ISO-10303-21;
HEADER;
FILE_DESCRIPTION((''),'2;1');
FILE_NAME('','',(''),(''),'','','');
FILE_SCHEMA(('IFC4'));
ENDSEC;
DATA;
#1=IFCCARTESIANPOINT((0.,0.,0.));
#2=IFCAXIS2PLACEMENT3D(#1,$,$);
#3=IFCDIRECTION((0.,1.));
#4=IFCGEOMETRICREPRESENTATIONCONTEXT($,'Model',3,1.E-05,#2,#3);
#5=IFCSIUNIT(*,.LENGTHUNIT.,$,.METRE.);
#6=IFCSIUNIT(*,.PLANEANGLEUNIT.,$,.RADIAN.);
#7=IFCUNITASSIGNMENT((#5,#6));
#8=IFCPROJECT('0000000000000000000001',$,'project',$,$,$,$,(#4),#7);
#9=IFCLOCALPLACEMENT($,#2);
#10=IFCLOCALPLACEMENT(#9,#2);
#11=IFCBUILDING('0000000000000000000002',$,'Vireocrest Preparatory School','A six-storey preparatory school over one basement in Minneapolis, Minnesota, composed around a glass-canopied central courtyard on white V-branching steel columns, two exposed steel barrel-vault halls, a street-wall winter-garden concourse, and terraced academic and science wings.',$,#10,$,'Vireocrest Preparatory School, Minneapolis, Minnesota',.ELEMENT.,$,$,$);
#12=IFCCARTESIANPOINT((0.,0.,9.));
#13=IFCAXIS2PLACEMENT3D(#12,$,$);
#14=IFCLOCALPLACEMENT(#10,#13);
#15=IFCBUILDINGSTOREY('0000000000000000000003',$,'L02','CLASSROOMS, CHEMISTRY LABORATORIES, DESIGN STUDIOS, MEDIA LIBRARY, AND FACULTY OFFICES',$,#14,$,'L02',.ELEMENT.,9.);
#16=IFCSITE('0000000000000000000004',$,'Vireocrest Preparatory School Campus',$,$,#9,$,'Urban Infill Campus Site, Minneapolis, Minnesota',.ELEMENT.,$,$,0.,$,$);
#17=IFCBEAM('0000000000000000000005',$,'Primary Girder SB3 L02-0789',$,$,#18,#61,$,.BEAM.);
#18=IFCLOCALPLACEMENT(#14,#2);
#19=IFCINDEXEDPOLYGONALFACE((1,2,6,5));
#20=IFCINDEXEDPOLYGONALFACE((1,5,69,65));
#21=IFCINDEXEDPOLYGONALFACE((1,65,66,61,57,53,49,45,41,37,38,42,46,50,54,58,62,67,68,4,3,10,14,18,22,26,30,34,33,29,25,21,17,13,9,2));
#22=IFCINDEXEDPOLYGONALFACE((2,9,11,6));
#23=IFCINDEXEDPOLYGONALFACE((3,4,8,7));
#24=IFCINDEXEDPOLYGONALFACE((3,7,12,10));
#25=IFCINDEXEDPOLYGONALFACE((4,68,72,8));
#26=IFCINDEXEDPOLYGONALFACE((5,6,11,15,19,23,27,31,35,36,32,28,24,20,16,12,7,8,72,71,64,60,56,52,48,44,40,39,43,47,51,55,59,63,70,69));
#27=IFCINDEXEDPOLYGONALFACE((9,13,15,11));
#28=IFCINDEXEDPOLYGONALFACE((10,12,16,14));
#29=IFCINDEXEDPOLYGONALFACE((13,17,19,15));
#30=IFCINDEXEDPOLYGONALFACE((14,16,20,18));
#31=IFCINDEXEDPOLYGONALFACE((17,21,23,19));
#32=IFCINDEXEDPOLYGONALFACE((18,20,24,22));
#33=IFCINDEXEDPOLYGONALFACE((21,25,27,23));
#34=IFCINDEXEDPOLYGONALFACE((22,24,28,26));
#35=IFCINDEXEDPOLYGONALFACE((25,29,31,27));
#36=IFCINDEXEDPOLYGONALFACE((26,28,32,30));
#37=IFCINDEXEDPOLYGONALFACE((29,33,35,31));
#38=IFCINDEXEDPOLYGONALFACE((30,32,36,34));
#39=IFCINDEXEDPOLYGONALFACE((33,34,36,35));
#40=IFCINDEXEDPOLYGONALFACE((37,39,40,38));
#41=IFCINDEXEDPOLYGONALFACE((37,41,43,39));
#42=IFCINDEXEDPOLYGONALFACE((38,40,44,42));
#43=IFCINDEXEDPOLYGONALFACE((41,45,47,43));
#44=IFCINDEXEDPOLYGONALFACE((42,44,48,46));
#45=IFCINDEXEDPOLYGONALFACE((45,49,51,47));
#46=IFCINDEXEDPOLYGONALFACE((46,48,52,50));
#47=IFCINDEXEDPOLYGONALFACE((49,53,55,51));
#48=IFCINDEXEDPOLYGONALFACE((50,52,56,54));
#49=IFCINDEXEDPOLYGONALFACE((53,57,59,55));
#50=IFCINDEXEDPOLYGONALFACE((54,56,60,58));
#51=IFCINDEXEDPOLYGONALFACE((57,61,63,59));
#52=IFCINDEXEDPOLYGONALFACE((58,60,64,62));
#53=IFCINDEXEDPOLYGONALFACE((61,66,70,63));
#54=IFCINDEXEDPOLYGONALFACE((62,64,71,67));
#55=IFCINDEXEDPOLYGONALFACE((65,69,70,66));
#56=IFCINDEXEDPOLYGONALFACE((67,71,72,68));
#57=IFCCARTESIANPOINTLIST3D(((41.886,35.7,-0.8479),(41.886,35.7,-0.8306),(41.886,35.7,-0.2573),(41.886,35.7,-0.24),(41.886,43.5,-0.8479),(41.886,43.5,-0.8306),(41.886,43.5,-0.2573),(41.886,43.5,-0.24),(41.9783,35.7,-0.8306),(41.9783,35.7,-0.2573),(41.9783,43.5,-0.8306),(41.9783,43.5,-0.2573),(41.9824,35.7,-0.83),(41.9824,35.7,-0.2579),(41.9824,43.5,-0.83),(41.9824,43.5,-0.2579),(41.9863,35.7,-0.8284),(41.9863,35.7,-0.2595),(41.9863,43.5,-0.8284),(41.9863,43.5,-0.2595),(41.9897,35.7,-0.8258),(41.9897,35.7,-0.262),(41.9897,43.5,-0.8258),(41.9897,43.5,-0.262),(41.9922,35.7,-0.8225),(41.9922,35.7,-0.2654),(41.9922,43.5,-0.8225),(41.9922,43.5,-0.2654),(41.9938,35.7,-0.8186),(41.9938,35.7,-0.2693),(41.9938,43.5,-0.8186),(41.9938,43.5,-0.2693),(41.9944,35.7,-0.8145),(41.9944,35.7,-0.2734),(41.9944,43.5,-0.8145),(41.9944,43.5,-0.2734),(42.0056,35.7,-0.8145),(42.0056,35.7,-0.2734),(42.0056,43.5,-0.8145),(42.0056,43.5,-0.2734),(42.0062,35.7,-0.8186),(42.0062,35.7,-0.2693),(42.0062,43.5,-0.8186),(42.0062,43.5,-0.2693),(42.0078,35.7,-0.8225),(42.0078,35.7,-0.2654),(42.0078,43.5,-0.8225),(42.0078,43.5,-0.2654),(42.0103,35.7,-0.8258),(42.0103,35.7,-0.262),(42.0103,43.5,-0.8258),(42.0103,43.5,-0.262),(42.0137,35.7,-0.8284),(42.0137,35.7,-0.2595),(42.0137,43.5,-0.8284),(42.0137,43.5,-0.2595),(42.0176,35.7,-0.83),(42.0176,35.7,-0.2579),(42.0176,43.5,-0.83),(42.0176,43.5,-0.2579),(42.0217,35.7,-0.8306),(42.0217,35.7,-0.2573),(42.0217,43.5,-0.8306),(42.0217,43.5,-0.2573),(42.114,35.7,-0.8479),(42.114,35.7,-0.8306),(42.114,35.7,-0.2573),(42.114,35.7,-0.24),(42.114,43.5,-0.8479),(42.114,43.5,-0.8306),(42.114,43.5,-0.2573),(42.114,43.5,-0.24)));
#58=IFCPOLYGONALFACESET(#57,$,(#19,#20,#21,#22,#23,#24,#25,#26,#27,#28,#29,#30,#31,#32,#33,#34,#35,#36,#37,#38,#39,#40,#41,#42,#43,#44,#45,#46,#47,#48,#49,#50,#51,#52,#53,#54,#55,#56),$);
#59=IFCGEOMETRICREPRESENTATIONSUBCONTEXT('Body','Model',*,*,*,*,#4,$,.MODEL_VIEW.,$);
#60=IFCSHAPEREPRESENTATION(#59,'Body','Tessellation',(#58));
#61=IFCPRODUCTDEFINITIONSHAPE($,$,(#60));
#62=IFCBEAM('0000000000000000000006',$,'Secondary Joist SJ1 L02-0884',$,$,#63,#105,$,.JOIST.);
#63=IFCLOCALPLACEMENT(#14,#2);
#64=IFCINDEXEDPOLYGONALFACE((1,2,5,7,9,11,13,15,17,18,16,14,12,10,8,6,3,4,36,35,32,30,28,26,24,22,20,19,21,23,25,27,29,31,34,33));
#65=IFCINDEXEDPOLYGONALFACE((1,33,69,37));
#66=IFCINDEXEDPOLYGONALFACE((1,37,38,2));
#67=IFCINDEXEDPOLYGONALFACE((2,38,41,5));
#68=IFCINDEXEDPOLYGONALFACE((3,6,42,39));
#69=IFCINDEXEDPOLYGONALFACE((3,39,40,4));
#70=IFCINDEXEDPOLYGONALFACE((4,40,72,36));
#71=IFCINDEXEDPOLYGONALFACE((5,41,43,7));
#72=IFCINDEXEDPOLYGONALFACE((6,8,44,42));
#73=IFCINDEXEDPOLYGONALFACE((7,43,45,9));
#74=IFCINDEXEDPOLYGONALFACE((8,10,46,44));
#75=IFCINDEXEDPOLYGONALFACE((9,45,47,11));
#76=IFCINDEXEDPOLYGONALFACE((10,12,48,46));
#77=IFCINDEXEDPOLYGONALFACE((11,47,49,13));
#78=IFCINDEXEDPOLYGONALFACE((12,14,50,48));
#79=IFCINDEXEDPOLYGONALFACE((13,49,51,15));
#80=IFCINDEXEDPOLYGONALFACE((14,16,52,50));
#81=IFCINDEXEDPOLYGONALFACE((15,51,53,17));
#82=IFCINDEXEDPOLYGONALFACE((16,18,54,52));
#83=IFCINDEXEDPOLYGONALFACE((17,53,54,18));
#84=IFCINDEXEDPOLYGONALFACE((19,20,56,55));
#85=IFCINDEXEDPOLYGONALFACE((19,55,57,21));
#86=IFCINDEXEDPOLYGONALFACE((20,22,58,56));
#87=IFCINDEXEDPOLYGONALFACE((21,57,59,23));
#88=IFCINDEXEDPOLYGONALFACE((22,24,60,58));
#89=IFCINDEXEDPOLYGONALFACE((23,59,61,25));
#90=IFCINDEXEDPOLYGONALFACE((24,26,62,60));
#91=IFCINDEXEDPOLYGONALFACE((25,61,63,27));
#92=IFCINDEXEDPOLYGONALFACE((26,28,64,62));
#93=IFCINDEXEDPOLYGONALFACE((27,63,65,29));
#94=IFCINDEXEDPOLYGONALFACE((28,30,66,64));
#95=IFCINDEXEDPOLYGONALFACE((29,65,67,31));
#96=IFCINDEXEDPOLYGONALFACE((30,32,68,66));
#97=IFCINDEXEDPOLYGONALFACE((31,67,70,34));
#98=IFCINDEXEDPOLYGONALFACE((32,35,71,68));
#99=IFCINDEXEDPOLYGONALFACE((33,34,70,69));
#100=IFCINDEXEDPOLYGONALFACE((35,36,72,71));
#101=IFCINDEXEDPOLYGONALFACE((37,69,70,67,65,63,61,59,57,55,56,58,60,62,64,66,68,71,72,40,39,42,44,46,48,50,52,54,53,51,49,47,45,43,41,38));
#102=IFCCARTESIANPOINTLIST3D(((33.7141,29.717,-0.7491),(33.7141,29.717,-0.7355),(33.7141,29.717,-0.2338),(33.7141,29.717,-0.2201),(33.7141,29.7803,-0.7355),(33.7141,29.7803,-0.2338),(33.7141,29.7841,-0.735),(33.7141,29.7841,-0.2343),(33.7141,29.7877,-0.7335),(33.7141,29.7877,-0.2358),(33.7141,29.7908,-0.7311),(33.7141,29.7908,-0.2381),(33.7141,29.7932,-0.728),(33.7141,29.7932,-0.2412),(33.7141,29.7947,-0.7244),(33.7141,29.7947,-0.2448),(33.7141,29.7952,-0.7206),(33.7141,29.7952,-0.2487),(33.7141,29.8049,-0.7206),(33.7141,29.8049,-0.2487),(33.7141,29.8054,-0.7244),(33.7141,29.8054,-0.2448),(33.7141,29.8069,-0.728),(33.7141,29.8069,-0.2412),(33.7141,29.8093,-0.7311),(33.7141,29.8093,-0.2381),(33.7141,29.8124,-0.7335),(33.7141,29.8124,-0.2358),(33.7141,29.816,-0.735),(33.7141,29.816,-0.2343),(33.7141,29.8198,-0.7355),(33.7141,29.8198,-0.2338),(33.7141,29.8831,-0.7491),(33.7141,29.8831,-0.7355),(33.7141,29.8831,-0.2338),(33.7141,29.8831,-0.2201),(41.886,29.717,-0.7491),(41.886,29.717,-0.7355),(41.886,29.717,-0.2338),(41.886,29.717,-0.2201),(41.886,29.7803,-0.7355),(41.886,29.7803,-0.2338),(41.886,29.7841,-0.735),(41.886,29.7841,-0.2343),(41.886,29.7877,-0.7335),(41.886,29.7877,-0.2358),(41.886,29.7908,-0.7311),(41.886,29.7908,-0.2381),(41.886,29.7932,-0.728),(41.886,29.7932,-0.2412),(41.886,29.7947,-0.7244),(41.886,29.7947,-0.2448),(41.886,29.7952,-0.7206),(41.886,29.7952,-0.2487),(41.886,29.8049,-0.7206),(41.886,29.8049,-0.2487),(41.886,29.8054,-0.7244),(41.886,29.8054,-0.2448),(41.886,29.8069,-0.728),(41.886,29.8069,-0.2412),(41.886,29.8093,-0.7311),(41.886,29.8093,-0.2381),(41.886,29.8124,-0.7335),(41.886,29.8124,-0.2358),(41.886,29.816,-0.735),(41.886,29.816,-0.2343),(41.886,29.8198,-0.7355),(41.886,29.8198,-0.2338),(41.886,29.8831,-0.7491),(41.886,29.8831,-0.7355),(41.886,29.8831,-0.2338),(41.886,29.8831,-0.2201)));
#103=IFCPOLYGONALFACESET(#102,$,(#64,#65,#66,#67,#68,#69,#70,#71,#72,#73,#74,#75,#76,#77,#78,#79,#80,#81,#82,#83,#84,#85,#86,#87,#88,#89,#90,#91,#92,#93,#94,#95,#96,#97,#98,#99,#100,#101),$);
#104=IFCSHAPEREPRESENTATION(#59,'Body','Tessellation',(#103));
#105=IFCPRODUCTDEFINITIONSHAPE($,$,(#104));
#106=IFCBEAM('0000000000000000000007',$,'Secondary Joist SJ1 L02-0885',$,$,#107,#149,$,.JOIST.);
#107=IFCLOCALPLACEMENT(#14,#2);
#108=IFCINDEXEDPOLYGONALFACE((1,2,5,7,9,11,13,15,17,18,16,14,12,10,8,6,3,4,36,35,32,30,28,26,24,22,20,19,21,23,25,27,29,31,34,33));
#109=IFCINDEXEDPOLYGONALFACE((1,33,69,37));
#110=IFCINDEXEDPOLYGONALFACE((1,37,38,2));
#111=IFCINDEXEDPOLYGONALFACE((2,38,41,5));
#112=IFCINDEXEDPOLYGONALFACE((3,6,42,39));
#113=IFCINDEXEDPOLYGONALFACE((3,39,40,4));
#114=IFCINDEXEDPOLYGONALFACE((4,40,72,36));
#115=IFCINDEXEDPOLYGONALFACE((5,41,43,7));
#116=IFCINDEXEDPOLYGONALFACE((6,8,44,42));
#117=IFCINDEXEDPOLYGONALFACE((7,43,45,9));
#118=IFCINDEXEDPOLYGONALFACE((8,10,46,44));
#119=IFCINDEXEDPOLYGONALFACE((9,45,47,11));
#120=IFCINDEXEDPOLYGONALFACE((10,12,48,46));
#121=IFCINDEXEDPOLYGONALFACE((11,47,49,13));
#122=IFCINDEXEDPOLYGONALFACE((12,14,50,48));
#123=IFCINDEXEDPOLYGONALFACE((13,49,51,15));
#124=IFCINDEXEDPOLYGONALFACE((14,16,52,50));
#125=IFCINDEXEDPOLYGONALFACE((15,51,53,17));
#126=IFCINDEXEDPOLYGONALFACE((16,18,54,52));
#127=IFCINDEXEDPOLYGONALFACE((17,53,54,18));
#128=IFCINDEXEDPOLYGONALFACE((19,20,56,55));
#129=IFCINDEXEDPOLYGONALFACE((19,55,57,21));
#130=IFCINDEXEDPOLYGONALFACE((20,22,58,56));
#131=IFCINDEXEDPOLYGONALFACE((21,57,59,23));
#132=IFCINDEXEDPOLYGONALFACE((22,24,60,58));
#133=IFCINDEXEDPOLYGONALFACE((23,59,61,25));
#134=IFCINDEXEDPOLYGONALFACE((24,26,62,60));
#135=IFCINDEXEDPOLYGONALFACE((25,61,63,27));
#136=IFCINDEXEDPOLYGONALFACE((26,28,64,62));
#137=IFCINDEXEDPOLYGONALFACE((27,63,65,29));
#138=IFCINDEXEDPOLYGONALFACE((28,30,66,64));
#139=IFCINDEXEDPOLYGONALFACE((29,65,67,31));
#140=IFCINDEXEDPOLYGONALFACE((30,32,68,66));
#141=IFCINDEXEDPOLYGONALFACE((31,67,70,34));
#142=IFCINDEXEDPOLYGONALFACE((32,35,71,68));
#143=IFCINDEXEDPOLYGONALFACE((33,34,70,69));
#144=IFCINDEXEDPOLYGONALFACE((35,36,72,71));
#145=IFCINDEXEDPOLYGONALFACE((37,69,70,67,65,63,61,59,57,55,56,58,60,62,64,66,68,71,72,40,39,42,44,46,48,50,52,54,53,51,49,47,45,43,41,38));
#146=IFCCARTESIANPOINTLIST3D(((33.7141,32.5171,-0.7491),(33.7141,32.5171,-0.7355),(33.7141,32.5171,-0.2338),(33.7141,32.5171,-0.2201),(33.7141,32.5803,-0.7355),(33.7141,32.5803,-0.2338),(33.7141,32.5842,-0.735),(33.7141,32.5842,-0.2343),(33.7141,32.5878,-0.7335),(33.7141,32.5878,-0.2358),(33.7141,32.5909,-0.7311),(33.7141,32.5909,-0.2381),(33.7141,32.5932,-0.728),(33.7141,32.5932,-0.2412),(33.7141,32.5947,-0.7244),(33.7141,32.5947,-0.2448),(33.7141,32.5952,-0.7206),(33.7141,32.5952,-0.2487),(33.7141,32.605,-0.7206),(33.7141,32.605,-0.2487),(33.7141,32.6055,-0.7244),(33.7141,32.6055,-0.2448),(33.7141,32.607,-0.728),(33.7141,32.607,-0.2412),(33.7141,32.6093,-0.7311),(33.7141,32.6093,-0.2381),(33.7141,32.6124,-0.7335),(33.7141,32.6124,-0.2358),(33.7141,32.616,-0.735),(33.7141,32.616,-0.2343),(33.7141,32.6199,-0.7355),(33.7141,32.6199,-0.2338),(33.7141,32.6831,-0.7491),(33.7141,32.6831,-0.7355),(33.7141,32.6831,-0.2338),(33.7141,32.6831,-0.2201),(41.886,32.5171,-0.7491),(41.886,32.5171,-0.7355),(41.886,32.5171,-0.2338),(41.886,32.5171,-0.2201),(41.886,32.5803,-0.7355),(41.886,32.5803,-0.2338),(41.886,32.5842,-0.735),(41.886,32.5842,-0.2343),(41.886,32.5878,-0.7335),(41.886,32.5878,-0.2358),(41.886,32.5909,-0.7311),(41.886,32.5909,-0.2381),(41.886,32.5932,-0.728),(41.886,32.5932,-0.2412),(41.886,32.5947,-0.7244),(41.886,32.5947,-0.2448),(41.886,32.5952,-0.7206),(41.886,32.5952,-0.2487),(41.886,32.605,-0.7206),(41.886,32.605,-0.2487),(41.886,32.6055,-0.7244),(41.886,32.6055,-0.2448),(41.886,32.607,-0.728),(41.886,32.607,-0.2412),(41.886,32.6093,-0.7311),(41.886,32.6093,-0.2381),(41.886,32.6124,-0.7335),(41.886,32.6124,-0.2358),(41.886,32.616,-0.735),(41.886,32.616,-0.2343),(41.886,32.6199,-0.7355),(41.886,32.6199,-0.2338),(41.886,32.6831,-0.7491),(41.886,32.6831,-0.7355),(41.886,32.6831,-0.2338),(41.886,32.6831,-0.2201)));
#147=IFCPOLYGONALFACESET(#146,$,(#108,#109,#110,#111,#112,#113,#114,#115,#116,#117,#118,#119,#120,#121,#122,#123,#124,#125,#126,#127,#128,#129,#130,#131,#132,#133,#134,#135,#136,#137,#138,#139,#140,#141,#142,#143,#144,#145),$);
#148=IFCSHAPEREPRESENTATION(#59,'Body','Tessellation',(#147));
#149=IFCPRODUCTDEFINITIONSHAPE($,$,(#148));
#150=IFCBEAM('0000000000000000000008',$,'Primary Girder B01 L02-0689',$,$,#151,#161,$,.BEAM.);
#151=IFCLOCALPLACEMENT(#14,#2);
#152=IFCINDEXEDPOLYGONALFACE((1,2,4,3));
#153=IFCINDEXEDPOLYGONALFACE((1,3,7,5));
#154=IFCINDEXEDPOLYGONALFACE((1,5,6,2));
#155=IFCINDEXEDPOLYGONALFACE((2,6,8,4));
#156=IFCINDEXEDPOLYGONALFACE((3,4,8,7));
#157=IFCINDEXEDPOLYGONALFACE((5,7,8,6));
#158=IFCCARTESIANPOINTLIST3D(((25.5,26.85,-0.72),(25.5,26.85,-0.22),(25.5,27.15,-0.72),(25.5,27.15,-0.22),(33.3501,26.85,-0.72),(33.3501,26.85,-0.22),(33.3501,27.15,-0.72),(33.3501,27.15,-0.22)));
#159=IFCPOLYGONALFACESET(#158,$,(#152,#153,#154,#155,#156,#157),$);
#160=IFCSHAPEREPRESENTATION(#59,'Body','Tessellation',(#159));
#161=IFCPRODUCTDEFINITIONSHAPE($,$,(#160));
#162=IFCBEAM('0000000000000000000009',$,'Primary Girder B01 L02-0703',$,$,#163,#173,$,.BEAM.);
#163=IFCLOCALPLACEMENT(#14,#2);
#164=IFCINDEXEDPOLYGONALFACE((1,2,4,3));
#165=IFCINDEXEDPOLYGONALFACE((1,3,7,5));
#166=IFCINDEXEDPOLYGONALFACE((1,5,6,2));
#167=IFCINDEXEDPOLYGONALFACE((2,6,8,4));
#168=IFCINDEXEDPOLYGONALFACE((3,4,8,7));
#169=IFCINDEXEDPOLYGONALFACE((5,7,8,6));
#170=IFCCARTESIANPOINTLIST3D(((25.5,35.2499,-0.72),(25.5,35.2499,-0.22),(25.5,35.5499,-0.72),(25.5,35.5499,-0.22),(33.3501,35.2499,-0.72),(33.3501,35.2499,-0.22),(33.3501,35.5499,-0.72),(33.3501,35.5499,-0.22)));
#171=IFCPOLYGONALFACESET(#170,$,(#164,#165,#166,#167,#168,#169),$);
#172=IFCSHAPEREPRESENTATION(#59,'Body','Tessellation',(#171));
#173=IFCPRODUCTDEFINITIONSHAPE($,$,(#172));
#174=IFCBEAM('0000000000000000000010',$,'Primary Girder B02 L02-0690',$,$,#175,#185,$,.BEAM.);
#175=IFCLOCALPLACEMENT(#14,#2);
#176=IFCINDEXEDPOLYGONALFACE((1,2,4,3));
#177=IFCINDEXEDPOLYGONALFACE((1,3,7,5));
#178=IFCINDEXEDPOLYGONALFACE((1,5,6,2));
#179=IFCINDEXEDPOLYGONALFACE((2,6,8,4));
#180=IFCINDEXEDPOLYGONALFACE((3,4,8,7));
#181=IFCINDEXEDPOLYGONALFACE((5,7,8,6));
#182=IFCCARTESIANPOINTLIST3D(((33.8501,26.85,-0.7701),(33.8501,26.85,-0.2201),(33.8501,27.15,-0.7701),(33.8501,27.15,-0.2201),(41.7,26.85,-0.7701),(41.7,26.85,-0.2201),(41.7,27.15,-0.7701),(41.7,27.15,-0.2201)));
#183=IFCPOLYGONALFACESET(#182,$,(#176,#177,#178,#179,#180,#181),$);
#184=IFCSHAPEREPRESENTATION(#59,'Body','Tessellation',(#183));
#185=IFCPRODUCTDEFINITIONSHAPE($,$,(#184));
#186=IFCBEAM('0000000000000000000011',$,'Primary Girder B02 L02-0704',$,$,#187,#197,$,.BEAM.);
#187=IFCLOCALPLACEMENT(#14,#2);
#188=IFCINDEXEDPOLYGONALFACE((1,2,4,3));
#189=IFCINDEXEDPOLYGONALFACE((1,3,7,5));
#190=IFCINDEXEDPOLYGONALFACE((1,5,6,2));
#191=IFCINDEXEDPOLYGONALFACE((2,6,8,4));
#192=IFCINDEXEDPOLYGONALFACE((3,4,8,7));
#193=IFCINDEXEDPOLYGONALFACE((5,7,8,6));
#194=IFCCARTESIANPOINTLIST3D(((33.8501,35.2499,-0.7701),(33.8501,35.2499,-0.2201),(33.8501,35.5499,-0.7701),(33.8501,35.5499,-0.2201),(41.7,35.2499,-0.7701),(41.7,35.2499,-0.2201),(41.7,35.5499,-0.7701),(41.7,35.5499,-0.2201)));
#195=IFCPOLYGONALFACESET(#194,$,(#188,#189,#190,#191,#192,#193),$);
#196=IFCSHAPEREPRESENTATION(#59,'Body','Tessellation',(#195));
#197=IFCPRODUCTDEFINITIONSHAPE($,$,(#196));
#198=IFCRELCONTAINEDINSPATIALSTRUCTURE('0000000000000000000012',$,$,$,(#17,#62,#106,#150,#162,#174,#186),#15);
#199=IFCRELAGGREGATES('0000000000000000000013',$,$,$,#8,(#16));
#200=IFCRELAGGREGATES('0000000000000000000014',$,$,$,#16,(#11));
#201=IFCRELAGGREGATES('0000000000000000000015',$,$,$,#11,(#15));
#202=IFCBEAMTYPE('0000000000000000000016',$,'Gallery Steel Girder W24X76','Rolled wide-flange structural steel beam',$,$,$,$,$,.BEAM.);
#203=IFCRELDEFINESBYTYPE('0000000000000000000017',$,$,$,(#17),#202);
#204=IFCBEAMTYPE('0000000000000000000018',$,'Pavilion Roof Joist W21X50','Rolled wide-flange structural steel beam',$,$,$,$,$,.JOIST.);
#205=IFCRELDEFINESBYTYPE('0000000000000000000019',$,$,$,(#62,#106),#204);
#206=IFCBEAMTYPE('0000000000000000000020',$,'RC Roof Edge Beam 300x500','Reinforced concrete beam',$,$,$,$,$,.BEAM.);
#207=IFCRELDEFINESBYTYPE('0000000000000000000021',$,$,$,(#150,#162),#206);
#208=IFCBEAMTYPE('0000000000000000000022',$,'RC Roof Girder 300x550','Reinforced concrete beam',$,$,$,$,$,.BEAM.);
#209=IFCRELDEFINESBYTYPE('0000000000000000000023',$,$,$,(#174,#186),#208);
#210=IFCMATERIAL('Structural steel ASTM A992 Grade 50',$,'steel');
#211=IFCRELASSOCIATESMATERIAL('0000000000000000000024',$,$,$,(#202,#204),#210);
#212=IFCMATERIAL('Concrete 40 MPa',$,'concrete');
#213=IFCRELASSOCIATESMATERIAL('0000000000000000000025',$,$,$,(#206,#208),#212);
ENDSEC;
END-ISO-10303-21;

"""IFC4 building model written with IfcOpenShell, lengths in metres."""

from ifc_helpers import new_model, si_unit, direction, frame, origin, origin_2d, place, context, subcontext, project, spatial, rectangle, i_section, extrude, material, material_profile, profile_set, type_object, element, save


model = new_model("IFC4")

# Units and contexts
model_context = context("Model", 3, precision=1e-05, world=origin(), true_north=direction((0.0, 1.0)))
body_context = subcontext(model_context, "Body", "Model", "MODEL_VIEW")
ifc_project = project(units=[si_unit("LENGTHUNIT", "METRE"), si_unit("PLANEANGLEUNIT", "RADIAN")], contexts=[model_context])

# Site, building, storey
site_placement = place(None, origin())
site = spatial("IfcSite", under=ifc_project, at=site_placement, Name="Vireocrest Preparatory School Campus", LongName="Urban Infill Campus Site, Minneapolis, Minnesota", CompositionType="ELEMENT", RefElevation=0.0)
building_placement = place(site_placement, origin())
building = spatial("IfcBuilding", under=site, at=building_placement, Name="Vireocrest Preparatory School", Description="A six-storey preparatory school over one basement in Minneapolis, Minnesota, composed around a glass-canopied central courtyard on white V-branching steel columns, two exposed steel barrel-vault halls, a street-wall winter-garden concourse, and terraced academic and science wings.", LongName="Vireocrest Preparatory School, Minneapolis, Minnesota", CompositionType="ELEMENT")
storey_placement = place(building_placement, frame((0.0, 0.0, 9.0)))
storey = spatial("IfcBuildingStorey", under=building, at=storey_placement, Name="L02", Description="CLASSROOMS, CHEMISTRY LABORATORIES, DESIGN STUDIOS, MEDIA LIBRARY, AND FACULTY OFFICES", LongName="L02", CompositionType="ELEMENT", Elevation=9.0)

# Beams
ifc_material_1 = material(Name="Structural steel ASTM A992 Grade 50", Category="steel")
ifc_material_profile_1 = material_profile(ifc_material_1, i_section(OverallWidth=0.228, OverallDepth=0.6079, WebThickness=0.0112, FlangeThickness=0.0173, FilletRadius=0.0161, at=origin_2d()), Name="W24X76")
ifc_profile_set_1 = profile_set([ifc_material_profile_1], Name="Structural steel ASTM A992 Grade 50")
beam_type_1 = type_object("IfcBeamType", Name="Gallery Steel Girder W24X76", Description="Rolled wide-flange structural steel beam", PredefinedType="BEAM", material=ifc_profile_set_1)
for number, where, z_axis, x_axis, name in (
    (1, (42.0, 35.7, -0.5439), (0.0, 1.0, 0.0), (-1.0, 0.0, 0.0), "Primary Girder SB3 L02-0789"),
):
    element("IfcBeam", number, at=place(storey_placement, frame(where, z_axis=z_axis, x_axis=x_axis)), inside=storey, type_object=beam_type_1, Name=name, PredefinedType="BEAM", context=body_context, shape_type="SweptSolid", body=[
        extrude(i_section(OverallWidth=0.228, OverallDepth=0.6079, WebThickness=0.0112, FlangeThickness=0.0173, FilletRadius=0.0161, at=origin_2d()), origin(), (0.0, 0.0, 1.0), 7.8),
    ])
ifc_material_profile_2 = material_profile(ifc_material_1, i_section(OverallWidth=0.166, OverallDepth=0.5291, WebThickness=0.0098, FlangeThickness=0.0137, FilletRadius=0.0149, at=origin_2d()), Name="W21X50")
ifc_profile_set_2 = profile_set([ifc_material_profile_2], Name="Structural steel ASTM A992 Grade 50")
beam_type_2 = type_object("IfcBeamType", Name="Pavilion Roof Joist W21X50", Description="Rolled wide-flange structural steel beam", PredefinedType="JOIST", material=ifc_profile_set_2)
for number, where, z_axis, x_axis, name in (
    (2, (33.7141, 29.8, -0.4846), (1.0, 0.0, 0.0), (0.0, 1.0, 0.0), "Secondary Joist SJ1 L02-0884"),
    (3, (33.7141, 32.6001, -0.4846), (1.0, 0.0, 0.0), (0.0, 1.0, 0.0), "Secondary Joist SJ1 L02-0885"),
):
    element("IfcBeam", number, at=place(storey_placement, frame(where, z_axis=z_axis, x_axis=x_axis)), inside=storey, type_object=beam_type_2, Name=name, PredefinedType="JOIST", context=body_context, shape_type="SweptSolid", body=[
        extrude(i_section(OverallWidth=0.166, OverallDepth=0.5291, WebThickness=0.0098, FlangeThickness=0.0137, FilletRadius=0.0149, at=origin_2d()), origin(), (0.0, 0.0, 1.0), 8.1719),
    ])
ifc_material_2 = material(Name="Concrete 40 MPa", Category="concrete")
ifc_material_profile_3 = material_profile(ifc_material_2, rectangle(XDim=0.3, YDim=0.5, at=origin_2d()), Name="RC 300x500")
ifc_profile_set_3 = profile_set([ifc_material_profile_3], Name="Concrete 40 MPa")
beam_type_3 = type_object("IfcBeamType", Name="RC Roof Edge Beam 300x500", Description="Reinforced concrete beam", PredefinedType="BEAM", material=ifc_profile_set_3)
for number, where, z_axis, x_axis, name in (
    (4, (25.5, 27.0, -0.47), (1.0, 0.0, 0.0), (0.0, 1.0, 0.0), "Primary Girder B01 L02-0689"),
    (5, (25.5, 35.3999, -0.47), (1.0, 0.0, 0.0), (0.0, 1.0, 0.0), "Primary Girder B01 L02-0703"),
):
    element("IfcBeam", number, at=place(storey_placement, frame(where, z_axis=z_axis, x_axis=x_axis)), inside=storey, type_object=beam_type_3, Name=name, PredefinedType="BEAM", context=body_context, shape_type="SweptSolid", body=[
        extrude(rectangle(XDim=0.3, YDim=0.5, at=origin_2d()), origin(), (0.0, 0.0, 1.0), 7.8501),
    ])
ifc_material_profile_4 = material_profile(ifc_material_2, rectangle(XDim=0.3, YDim=0.55, at=origin_2d()), Name="RC 300x550")
ifc_profile_set_4 = profile_set([ifc_material_profile_4], Name="Concrete 40 MPa")
beam_type_4 = type_object("IfcBeamType", Name="RC Roof Girder 300x550", Description="Reinforced concrete beam", PredefinedType="BEAM", material=ifc_profile_set_4)
for number, where, z_axis, x_axis, name in (
    (6, (33.8501, 27.0, -0.4951), (1.0, 0.0, 0.0), (0.0, 1.0, 0.0), "Primary Girder B02 L02-0690"),
    (7, (33.8501, 35.3999, -0.4951), (1.0, 0.0, 0.0), (0.0, 1.0, 0.0), "Primary Girder B02 L02-0704"),
):
    element("IfcBeam", number, at=place(storey_placement, frame(where, z_axis=z_axis, x_axis=x_axis)), inside=storey, type_object=beam_type_4, Name=name, PredefinedType="BEAM", context=body_context, shape_type="SweptSolid", body=[
        extrude(rectangle(XDim=0.3, YDim=0.55, at=origin_2d()), origin(), (0.0, 0.0, 1.0), 7.8499),
    ])

save(model, "model.ifc")
